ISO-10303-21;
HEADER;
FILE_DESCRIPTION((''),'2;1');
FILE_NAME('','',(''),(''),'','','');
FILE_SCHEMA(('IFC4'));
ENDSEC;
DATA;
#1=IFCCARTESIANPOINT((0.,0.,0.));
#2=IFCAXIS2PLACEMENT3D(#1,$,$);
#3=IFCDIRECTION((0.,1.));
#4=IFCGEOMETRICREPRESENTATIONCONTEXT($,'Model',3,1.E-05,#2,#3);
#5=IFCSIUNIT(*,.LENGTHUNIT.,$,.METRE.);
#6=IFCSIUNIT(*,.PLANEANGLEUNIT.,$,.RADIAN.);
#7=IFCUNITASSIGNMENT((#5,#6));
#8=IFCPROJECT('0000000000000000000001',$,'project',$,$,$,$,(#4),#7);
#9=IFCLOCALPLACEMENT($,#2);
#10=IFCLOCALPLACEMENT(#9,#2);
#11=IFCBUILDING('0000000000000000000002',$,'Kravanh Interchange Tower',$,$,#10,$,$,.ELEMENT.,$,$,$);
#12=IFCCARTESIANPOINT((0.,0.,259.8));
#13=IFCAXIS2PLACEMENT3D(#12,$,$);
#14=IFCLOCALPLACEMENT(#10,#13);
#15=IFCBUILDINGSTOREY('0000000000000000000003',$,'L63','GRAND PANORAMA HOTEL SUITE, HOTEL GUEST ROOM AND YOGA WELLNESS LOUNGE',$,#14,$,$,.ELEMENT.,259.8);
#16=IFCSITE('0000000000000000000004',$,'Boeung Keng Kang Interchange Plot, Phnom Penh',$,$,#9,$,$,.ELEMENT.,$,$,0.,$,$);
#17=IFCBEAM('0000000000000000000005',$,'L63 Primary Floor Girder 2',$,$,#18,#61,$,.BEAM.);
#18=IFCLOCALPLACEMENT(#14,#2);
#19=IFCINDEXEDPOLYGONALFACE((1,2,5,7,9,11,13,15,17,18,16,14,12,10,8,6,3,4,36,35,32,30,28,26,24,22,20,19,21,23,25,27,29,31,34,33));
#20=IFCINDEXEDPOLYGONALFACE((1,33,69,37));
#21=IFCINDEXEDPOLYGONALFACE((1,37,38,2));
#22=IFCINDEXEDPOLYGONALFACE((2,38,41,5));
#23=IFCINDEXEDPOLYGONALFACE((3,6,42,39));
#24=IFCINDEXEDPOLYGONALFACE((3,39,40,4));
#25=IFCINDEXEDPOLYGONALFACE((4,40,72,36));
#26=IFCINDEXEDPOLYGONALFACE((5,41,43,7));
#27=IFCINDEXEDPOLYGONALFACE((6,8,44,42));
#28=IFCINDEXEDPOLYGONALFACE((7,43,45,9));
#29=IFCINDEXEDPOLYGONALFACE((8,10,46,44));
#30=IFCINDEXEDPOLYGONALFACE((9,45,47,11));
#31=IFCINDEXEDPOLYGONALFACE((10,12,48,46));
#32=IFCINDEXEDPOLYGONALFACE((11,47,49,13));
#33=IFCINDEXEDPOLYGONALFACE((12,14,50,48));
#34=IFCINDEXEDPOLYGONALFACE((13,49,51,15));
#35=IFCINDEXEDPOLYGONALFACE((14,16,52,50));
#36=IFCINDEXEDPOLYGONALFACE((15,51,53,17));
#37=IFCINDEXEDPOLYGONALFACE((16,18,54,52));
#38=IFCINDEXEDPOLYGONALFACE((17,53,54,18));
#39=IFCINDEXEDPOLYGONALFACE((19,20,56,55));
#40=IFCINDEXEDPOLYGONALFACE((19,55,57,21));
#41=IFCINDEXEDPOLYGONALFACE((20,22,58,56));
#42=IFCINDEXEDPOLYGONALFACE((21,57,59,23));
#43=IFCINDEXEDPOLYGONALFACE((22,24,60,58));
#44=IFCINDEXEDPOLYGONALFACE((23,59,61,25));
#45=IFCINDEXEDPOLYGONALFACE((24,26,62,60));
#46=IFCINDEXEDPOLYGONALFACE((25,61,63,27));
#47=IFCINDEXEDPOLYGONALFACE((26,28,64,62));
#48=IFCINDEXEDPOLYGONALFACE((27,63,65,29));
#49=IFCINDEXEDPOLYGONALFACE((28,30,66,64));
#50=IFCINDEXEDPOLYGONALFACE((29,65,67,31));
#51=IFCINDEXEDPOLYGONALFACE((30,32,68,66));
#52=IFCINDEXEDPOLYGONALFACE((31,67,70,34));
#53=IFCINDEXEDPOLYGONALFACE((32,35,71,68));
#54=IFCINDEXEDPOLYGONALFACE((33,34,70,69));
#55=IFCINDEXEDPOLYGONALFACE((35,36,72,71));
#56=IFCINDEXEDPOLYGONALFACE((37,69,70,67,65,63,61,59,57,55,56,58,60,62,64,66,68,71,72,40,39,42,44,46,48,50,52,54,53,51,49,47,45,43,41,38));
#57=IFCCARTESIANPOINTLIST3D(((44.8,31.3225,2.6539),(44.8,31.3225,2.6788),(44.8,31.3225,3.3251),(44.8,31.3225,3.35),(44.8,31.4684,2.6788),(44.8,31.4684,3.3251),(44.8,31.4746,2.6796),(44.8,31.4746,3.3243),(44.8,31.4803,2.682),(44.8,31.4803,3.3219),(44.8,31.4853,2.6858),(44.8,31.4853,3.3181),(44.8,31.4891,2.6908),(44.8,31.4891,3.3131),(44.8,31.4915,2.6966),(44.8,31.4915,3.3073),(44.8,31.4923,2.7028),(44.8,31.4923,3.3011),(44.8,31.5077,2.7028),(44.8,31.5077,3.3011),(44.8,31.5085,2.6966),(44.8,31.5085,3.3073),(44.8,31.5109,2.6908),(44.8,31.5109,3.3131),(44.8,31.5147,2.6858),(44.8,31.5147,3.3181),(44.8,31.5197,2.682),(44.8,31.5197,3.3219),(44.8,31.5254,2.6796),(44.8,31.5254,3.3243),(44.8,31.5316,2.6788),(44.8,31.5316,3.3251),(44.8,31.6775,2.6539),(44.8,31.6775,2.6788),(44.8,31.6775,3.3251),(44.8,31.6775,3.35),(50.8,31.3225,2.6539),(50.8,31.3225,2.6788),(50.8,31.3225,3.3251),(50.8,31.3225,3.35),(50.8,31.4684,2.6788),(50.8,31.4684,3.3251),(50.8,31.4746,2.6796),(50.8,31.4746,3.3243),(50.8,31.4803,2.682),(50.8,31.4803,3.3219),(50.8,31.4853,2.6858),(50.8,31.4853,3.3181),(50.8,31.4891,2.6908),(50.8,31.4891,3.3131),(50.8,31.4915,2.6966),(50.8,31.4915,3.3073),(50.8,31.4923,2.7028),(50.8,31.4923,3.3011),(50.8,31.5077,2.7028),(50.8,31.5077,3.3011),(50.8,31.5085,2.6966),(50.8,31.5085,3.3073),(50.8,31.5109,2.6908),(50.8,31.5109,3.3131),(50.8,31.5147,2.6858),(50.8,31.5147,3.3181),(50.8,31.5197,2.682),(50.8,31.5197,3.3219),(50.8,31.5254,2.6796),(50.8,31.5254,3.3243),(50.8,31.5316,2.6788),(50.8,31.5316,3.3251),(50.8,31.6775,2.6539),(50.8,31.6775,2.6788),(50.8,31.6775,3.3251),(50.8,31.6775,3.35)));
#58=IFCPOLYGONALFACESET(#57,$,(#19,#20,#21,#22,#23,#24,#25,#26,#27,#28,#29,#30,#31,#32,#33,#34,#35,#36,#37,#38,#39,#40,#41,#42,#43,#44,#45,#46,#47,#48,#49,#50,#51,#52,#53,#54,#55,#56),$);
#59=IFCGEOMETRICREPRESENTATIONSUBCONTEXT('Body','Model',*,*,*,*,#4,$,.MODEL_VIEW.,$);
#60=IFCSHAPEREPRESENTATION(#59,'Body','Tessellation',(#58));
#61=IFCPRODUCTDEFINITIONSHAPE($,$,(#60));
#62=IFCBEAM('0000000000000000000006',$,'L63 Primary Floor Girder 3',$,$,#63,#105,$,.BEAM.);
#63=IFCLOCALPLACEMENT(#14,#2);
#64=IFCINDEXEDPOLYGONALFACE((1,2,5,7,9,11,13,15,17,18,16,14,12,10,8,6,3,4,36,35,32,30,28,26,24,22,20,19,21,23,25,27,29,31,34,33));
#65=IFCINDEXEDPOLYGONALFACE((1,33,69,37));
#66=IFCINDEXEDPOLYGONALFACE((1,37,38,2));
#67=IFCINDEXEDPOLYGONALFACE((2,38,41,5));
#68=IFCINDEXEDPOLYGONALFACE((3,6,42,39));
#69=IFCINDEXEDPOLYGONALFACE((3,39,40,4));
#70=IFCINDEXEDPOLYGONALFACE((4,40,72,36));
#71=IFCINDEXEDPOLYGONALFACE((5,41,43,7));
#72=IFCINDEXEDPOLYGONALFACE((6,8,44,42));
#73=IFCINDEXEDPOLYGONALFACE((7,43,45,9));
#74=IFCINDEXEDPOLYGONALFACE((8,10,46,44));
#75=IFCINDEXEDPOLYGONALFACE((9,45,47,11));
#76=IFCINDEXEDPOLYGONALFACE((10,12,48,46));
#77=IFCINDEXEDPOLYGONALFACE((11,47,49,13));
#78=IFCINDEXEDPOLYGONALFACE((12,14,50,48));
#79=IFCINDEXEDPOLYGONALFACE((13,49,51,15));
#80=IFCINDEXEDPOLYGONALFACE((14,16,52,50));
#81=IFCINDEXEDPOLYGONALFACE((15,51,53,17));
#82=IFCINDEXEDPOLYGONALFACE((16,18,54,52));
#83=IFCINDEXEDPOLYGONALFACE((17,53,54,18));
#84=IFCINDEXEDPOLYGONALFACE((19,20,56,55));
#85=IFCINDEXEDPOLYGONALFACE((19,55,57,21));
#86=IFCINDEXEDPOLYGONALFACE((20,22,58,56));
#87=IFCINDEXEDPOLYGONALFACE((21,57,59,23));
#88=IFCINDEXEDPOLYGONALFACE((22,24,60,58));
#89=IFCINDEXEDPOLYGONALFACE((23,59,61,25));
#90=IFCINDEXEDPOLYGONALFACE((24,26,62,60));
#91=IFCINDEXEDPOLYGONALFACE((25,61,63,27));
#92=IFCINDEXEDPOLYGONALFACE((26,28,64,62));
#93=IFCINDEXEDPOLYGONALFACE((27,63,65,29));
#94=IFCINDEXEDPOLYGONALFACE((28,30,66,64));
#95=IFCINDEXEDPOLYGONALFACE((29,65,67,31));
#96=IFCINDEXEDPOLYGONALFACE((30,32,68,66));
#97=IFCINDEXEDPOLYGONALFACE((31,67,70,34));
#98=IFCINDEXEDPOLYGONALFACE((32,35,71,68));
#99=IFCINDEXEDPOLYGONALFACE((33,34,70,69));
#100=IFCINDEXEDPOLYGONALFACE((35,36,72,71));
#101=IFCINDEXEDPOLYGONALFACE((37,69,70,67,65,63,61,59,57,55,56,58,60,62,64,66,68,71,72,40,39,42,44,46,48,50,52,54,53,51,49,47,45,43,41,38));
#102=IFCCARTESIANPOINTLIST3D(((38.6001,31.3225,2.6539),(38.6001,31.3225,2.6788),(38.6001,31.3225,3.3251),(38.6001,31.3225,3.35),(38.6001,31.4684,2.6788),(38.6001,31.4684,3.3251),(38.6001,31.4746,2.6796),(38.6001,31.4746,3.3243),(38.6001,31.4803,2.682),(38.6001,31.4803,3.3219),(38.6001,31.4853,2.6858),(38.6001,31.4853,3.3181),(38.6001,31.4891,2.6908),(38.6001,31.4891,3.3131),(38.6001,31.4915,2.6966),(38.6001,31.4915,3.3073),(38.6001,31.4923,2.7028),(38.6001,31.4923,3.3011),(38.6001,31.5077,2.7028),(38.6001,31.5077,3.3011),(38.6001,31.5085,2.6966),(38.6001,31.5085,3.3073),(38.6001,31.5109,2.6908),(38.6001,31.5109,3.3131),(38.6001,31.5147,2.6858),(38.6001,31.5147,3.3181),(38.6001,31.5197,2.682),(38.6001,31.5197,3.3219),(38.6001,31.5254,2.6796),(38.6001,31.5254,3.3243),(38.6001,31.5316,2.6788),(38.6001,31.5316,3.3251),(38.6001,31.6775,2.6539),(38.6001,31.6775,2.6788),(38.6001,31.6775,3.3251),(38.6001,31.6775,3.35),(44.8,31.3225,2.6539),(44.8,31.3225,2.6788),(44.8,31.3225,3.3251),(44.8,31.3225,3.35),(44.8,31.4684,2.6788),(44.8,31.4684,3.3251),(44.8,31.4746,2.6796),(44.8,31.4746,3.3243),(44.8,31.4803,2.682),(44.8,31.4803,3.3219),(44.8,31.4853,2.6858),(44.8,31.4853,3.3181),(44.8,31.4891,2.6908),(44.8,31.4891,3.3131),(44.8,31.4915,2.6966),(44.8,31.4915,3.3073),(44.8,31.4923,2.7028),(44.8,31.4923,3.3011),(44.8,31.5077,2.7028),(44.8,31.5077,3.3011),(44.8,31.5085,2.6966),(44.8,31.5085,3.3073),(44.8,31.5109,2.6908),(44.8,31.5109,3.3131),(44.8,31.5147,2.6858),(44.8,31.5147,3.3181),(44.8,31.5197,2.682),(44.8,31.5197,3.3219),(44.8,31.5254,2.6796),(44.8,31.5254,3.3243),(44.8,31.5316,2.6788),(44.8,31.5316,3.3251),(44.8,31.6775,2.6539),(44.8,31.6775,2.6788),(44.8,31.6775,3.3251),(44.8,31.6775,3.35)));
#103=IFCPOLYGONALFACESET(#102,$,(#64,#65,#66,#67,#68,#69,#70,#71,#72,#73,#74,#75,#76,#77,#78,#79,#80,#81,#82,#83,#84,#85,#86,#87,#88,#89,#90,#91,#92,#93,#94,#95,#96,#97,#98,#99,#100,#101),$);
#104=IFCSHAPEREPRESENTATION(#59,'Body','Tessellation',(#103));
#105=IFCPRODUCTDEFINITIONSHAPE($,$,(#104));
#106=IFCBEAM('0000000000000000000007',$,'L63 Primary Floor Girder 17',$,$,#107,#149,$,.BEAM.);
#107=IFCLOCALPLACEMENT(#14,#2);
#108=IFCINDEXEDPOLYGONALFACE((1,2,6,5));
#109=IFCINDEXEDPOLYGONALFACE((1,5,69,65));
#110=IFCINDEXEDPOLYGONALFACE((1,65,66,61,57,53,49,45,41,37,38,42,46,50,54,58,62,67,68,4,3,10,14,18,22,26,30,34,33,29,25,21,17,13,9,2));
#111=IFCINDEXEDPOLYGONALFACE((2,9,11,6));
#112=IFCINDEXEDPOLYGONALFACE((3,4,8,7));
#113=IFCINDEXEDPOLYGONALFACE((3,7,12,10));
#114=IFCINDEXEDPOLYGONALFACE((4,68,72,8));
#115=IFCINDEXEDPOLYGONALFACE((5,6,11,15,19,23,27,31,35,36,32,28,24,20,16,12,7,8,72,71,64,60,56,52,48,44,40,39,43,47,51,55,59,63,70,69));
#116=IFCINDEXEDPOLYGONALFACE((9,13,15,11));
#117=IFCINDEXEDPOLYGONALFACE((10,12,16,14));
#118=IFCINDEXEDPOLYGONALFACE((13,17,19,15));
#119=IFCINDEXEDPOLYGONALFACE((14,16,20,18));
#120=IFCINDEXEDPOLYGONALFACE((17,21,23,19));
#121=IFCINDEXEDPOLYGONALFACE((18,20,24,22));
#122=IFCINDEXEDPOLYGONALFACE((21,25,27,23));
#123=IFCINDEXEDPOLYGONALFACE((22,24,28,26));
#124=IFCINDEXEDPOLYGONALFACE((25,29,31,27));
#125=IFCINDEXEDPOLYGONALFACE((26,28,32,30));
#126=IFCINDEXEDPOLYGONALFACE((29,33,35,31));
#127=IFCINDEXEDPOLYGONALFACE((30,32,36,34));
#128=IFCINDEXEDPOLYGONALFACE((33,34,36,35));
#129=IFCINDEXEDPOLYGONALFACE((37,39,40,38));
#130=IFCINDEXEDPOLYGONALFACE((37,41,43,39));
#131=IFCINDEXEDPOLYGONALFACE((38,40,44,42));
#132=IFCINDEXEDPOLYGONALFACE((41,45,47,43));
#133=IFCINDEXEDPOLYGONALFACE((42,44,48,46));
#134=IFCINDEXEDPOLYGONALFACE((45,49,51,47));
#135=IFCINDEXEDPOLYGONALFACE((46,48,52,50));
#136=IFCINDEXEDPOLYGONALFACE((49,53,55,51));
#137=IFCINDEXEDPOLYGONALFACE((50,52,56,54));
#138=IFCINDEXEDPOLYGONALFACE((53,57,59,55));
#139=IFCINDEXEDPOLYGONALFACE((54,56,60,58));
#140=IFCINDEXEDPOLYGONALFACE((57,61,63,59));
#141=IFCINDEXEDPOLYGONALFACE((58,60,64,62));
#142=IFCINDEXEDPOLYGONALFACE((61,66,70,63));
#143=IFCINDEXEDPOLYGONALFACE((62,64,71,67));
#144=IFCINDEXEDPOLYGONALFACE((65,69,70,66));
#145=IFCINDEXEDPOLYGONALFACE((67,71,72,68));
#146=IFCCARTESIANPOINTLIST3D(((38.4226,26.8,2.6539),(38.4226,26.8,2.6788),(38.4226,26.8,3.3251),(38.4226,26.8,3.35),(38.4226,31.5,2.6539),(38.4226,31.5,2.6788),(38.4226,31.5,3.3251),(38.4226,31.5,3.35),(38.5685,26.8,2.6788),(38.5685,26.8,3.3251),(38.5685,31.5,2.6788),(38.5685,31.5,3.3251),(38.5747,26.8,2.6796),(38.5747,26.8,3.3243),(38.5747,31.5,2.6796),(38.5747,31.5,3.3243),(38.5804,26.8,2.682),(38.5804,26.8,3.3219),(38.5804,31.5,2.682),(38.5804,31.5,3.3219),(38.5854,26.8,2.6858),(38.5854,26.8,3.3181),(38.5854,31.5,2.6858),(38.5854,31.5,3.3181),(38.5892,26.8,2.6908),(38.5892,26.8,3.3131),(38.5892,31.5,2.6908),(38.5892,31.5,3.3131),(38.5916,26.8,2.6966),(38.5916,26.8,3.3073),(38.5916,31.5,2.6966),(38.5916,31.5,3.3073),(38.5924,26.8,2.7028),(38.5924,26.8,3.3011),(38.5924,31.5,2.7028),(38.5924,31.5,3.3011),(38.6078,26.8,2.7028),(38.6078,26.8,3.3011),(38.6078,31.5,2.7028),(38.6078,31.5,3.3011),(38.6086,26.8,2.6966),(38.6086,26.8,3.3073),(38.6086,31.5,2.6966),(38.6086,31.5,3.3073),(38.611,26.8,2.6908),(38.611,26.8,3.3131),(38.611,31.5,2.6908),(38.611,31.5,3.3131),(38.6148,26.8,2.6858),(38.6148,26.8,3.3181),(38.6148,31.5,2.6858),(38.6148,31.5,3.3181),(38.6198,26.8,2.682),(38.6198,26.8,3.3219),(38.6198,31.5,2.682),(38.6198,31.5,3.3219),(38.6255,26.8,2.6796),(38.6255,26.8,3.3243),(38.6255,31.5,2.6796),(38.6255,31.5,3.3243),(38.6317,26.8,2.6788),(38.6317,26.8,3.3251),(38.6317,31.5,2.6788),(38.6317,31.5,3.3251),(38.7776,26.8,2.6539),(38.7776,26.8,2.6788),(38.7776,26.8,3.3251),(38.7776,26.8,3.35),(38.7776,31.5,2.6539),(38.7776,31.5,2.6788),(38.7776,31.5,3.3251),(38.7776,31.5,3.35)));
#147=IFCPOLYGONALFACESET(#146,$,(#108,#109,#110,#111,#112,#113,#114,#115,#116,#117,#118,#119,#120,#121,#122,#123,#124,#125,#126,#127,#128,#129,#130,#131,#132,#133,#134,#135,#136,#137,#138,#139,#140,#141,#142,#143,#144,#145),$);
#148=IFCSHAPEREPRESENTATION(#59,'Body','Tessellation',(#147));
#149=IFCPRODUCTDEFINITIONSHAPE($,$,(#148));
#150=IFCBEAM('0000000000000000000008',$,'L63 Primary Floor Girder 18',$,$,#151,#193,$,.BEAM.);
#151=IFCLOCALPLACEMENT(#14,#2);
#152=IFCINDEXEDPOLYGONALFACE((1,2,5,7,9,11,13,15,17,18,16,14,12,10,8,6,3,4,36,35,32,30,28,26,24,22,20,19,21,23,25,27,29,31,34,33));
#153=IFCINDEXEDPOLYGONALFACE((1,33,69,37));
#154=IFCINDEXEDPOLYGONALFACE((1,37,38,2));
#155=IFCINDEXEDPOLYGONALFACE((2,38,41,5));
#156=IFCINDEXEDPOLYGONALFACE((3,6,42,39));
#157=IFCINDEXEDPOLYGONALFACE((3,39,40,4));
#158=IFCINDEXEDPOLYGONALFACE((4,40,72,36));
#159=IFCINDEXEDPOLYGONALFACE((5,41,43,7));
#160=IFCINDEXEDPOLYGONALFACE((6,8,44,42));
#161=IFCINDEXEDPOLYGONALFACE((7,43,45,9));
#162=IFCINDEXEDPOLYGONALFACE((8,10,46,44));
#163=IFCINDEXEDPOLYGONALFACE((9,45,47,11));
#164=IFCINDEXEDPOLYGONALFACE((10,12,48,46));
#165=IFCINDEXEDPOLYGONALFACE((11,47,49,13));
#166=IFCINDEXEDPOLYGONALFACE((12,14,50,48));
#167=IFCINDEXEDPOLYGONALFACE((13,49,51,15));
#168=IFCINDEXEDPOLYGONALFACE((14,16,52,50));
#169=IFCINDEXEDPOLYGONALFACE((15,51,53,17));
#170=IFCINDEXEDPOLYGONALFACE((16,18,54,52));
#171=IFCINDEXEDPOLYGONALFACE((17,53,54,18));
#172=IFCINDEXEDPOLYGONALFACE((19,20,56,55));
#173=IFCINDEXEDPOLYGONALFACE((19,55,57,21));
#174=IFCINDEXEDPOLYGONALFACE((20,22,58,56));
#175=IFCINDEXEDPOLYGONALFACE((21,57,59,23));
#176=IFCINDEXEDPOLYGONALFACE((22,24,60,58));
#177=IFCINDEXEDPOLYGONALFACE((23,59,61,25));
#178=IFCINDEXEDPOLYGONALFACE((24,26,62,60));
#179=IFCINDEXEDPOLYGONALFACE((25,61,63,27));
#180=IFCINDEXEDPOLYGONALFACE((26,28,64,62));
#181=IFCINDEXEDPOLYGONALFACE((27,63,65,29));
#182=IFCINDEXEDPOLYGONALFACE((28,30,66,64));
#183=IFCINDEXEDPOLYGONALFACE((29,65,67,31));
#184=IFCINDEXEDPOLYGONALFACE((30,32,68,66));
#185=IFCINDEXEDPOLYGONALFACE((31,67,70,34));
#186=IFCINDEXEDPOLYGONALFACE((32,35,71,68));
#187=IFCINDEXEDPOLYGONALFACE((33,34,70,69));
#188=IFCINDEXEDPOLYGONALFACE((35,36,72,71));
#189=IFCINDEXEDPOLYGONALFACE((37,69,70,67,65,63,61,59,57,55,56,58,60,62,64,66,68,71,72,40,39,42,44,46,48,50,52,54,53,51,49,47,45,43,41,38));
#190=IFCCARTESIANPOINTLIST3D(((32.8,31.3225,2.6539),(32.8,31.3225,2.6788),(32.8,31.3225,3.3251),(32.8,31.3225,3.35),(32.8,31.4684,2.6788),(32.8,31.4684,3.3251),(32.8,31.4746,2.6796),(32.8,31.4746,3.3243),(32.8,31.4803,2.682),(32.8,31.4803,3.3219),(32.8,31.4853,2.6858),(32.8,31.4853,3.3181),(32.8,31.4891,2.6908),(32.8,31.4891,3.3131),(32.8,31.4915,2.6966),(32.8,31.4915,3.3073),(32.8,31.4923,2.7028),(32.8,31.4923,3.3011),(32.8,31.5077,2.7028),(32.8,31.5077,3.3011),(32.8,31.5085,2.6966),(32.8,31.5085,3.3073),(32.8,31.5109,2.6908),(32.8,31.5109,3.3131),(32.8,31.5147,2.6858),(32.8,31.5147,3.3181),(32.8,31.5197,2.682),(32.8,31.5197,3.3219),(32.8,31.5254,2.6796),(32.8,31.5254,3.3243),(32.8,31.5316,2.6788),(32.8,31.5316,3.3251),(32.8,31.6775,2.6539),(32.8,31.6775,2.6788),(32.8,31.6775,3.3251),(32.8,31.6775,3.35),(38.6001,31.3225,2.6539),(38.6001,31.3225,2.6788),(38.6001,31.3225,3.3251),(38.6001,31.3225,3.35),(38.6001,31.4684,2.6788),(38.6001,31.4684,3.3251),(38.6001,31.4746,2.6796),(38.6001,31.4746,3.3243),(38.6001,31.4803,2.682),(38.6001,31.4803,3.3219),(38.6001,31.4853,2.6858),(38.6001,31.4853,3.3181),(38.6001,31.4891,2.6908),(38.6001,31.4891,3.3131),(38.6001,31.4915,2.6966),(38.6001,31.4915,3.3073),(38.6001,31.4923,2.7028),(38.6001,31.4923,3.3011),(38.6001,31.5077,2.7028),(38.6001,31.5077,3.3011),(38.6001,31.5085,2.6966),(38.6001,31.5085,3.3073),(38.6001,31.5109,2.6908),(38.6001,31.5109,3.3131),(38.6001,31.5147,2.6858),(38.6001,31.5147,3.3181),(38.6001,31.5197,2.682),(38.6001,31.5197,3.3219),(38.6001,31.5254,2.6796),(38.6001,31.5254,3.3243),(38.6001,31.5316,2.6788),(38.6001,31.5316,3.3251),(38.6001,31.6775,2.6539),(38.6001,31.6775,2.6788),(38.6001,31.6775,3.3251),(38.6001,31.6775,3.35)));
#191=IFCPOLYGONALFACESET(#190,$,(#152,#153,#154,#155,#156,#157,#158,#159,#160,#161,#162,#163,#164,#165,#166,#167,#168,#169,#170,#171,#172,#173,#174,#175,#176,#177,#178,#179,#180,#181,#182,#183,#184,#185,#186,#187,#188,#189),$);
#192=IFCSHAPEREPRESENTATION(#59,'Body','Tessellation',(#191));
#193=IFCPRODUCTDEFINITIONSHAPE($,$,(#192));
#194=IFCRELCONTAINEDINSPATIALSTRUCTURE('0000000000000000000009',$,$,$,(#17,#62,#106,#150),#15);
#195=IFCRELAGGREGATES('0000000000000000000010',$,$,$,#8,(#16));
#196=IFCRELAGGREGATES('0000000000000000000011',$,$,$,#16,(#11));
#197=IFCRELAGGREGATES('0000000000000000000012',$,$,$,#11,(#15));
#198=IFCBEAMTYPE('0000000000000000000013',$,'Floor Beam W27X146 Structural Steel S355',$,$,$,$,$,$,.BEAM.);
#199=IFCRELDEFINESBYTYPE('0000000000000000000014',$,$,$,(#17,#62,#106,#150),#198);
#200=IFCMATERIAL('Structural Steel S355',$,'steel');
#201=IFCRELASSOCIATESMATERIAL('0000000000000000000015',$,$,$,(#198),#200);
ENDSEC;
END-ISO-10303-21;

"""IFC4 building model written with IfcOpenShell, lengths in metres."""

from ifc_helpers import new_model, si_unit, direction, frame, origin, origin_2d, place, context, subcontext, project, spatial, i_section, extrude, material, material_profile, profile_set, type_object, element, save


model = new_model("IFC4")

# Units and contexts
model_context = context("Model", 3, precision=1e-05, world=origin(), true_north=direction((0.0, 1.0)))
body_context = subcontext(model_context, "Body", "Model", "MODEL_VIEW")
ifc_project = project(units=[si_unit("LENGTHUNIT", "METRE"), si_unit("PLANEANGLEUNIT", "RADIAN")], contexts=[model_context])

# Site, building, storey
site_placement = place(None, origin())
site = spatial("IfcSite", under=ifc_project, at=site_placement, Name="Boeung Keng Kang Interchange Plot, Phnom Penh", CompositionType="ELEMENT", RefElevation=0.0)
building_placement = place(site_placement, origin())
building = spatial("IfcBuilding", under=site, at=building_placement, Name="Kravanh Interchange Tower", CompositionType="ELEMENT")
storey_placement = place(building_placement, frame((0.0, 0.0, 259.8)))
storey = spatial("IfcBuildingStorey", under=building, at=storey_placement, Name="L63", Description="GRAND PANORAMA HOTEL SUITE, HOTEL GUEST ROOM AND YOGA WELLNESS LOUNGE", CompositionType="ELEMENT", Elevation=259.8)

# Beams
ifc_material_1 = material(Name="Structural Steel S355", Category="steel")
ifc_material_profile_1 = material_profile(ifc_material_1, i_section(OverallWidth=0.355, OverallDepth=0.696, WebThickness=0.0154, FlangeThickness=0.0249, FilletRadius=0.0239, at=origin_2d()), Name="W27X146")
ifc_profile_set_1 = profile_set([ifc_material_profile_1], Name="Structural Steel S355")
beam_type_1 = type_object("IfcBeamType", Name="Floor Beam W27X146 Structural Steel S355", PredefinedType="BEAM", material=ifc_profile_set_1)
beam_1_placement = place(storey_placement, frame((44.8, 31.5, 3.002), z_axis=(1.0, 0.0, 0.0), x_axis=(0.0, 1.0, 0.0)))
element("IfcBeam", 1, at=beam_1_placement, inside=storey, type_object=beam_type_1, Name="L63 Primary Floor Girder 2", PredefinedType="BEAM", context=body_context, shape_type="SweptSolid", body=[
    extrude(i_section(OverallWidth=0.355, OverallDepth=0.696, WebThickness=0.0154, FlangeThickness=0.0249, FilletRadius=0.0239, at=origin_2d()), origin(), (0.0, 0.0, 1.0), 6.0),
])
beam_2_placement = place(storey_placement, frame((44.8, 31.5, 3.002), z_axis=(-1.0, 0.0, 0.0), x_axis=(0.0, -1.0, 0.0)))
element("IfcBeam", 2, at=beam_2_placement, inside=storey, type_object=beam_type_1, Name="L63 Primary Floor Girder 3", PredefinedType="BEAM", context=body_context, shape_type="SweptSolid", body=[
    extrude(i_section(OverallWidth=0.355, OverallDepth=0.696, WebThickness=0.0154, FlangeThickness=0.0249, FilletRadius=0.0239, at=origin_2d()), origin(), (0.0, 0.0, 1.0), 6.2),
])
beam_3_placement = place(storey_placement, frame((38.6001, 31.5, 3.002), z_axis=(0.0, -1.0, 0.0), x_axis=(1.0, 0.0, 0.0)))
element("IfcBeam", 3, at=beam_3_placement, inside=storey, type_object=beam_type_1, Name="L63 Primary Floor Girder 17", PredefinedType="BEAM", context=body_context, shape_type="SweptSolid", body=[
    extrude(i_section(OverallWidth=0.355, OverallDepth=0.696, WebThickness=0.0154, FlangeThickness=0.0249, FilletRadius=0.0239, at=origin_2d()), origin(), (0.0, 0.0, 1.0), 4.7),
])
beam_4_placement = place(storey_placement, frame((38.6001, 31.5, 3.002), z_axis=(-1.0, 0.0, 0.0), x_axis=(0.0, -1.0, 0.0)))
element("IfcBeam", 4, at=beam_4_placement, inside=storey, type_object=beam_type_1, Name="L63 Primary Floor Girder 18", PredefinedType="BEAM", context=body_context, shape_type="SweptSolid", body=[
    extrude(i_section(OverallWidth=0.355, OverallDepth=0.696, WebThickness=0.0154, FlangeThickness=0.0249, FilletRadius=0.0239, at=origin_2d()), origin(), (0.0, 0.0, 1.0), 5.8),
])

save(model, "model.ifc")
